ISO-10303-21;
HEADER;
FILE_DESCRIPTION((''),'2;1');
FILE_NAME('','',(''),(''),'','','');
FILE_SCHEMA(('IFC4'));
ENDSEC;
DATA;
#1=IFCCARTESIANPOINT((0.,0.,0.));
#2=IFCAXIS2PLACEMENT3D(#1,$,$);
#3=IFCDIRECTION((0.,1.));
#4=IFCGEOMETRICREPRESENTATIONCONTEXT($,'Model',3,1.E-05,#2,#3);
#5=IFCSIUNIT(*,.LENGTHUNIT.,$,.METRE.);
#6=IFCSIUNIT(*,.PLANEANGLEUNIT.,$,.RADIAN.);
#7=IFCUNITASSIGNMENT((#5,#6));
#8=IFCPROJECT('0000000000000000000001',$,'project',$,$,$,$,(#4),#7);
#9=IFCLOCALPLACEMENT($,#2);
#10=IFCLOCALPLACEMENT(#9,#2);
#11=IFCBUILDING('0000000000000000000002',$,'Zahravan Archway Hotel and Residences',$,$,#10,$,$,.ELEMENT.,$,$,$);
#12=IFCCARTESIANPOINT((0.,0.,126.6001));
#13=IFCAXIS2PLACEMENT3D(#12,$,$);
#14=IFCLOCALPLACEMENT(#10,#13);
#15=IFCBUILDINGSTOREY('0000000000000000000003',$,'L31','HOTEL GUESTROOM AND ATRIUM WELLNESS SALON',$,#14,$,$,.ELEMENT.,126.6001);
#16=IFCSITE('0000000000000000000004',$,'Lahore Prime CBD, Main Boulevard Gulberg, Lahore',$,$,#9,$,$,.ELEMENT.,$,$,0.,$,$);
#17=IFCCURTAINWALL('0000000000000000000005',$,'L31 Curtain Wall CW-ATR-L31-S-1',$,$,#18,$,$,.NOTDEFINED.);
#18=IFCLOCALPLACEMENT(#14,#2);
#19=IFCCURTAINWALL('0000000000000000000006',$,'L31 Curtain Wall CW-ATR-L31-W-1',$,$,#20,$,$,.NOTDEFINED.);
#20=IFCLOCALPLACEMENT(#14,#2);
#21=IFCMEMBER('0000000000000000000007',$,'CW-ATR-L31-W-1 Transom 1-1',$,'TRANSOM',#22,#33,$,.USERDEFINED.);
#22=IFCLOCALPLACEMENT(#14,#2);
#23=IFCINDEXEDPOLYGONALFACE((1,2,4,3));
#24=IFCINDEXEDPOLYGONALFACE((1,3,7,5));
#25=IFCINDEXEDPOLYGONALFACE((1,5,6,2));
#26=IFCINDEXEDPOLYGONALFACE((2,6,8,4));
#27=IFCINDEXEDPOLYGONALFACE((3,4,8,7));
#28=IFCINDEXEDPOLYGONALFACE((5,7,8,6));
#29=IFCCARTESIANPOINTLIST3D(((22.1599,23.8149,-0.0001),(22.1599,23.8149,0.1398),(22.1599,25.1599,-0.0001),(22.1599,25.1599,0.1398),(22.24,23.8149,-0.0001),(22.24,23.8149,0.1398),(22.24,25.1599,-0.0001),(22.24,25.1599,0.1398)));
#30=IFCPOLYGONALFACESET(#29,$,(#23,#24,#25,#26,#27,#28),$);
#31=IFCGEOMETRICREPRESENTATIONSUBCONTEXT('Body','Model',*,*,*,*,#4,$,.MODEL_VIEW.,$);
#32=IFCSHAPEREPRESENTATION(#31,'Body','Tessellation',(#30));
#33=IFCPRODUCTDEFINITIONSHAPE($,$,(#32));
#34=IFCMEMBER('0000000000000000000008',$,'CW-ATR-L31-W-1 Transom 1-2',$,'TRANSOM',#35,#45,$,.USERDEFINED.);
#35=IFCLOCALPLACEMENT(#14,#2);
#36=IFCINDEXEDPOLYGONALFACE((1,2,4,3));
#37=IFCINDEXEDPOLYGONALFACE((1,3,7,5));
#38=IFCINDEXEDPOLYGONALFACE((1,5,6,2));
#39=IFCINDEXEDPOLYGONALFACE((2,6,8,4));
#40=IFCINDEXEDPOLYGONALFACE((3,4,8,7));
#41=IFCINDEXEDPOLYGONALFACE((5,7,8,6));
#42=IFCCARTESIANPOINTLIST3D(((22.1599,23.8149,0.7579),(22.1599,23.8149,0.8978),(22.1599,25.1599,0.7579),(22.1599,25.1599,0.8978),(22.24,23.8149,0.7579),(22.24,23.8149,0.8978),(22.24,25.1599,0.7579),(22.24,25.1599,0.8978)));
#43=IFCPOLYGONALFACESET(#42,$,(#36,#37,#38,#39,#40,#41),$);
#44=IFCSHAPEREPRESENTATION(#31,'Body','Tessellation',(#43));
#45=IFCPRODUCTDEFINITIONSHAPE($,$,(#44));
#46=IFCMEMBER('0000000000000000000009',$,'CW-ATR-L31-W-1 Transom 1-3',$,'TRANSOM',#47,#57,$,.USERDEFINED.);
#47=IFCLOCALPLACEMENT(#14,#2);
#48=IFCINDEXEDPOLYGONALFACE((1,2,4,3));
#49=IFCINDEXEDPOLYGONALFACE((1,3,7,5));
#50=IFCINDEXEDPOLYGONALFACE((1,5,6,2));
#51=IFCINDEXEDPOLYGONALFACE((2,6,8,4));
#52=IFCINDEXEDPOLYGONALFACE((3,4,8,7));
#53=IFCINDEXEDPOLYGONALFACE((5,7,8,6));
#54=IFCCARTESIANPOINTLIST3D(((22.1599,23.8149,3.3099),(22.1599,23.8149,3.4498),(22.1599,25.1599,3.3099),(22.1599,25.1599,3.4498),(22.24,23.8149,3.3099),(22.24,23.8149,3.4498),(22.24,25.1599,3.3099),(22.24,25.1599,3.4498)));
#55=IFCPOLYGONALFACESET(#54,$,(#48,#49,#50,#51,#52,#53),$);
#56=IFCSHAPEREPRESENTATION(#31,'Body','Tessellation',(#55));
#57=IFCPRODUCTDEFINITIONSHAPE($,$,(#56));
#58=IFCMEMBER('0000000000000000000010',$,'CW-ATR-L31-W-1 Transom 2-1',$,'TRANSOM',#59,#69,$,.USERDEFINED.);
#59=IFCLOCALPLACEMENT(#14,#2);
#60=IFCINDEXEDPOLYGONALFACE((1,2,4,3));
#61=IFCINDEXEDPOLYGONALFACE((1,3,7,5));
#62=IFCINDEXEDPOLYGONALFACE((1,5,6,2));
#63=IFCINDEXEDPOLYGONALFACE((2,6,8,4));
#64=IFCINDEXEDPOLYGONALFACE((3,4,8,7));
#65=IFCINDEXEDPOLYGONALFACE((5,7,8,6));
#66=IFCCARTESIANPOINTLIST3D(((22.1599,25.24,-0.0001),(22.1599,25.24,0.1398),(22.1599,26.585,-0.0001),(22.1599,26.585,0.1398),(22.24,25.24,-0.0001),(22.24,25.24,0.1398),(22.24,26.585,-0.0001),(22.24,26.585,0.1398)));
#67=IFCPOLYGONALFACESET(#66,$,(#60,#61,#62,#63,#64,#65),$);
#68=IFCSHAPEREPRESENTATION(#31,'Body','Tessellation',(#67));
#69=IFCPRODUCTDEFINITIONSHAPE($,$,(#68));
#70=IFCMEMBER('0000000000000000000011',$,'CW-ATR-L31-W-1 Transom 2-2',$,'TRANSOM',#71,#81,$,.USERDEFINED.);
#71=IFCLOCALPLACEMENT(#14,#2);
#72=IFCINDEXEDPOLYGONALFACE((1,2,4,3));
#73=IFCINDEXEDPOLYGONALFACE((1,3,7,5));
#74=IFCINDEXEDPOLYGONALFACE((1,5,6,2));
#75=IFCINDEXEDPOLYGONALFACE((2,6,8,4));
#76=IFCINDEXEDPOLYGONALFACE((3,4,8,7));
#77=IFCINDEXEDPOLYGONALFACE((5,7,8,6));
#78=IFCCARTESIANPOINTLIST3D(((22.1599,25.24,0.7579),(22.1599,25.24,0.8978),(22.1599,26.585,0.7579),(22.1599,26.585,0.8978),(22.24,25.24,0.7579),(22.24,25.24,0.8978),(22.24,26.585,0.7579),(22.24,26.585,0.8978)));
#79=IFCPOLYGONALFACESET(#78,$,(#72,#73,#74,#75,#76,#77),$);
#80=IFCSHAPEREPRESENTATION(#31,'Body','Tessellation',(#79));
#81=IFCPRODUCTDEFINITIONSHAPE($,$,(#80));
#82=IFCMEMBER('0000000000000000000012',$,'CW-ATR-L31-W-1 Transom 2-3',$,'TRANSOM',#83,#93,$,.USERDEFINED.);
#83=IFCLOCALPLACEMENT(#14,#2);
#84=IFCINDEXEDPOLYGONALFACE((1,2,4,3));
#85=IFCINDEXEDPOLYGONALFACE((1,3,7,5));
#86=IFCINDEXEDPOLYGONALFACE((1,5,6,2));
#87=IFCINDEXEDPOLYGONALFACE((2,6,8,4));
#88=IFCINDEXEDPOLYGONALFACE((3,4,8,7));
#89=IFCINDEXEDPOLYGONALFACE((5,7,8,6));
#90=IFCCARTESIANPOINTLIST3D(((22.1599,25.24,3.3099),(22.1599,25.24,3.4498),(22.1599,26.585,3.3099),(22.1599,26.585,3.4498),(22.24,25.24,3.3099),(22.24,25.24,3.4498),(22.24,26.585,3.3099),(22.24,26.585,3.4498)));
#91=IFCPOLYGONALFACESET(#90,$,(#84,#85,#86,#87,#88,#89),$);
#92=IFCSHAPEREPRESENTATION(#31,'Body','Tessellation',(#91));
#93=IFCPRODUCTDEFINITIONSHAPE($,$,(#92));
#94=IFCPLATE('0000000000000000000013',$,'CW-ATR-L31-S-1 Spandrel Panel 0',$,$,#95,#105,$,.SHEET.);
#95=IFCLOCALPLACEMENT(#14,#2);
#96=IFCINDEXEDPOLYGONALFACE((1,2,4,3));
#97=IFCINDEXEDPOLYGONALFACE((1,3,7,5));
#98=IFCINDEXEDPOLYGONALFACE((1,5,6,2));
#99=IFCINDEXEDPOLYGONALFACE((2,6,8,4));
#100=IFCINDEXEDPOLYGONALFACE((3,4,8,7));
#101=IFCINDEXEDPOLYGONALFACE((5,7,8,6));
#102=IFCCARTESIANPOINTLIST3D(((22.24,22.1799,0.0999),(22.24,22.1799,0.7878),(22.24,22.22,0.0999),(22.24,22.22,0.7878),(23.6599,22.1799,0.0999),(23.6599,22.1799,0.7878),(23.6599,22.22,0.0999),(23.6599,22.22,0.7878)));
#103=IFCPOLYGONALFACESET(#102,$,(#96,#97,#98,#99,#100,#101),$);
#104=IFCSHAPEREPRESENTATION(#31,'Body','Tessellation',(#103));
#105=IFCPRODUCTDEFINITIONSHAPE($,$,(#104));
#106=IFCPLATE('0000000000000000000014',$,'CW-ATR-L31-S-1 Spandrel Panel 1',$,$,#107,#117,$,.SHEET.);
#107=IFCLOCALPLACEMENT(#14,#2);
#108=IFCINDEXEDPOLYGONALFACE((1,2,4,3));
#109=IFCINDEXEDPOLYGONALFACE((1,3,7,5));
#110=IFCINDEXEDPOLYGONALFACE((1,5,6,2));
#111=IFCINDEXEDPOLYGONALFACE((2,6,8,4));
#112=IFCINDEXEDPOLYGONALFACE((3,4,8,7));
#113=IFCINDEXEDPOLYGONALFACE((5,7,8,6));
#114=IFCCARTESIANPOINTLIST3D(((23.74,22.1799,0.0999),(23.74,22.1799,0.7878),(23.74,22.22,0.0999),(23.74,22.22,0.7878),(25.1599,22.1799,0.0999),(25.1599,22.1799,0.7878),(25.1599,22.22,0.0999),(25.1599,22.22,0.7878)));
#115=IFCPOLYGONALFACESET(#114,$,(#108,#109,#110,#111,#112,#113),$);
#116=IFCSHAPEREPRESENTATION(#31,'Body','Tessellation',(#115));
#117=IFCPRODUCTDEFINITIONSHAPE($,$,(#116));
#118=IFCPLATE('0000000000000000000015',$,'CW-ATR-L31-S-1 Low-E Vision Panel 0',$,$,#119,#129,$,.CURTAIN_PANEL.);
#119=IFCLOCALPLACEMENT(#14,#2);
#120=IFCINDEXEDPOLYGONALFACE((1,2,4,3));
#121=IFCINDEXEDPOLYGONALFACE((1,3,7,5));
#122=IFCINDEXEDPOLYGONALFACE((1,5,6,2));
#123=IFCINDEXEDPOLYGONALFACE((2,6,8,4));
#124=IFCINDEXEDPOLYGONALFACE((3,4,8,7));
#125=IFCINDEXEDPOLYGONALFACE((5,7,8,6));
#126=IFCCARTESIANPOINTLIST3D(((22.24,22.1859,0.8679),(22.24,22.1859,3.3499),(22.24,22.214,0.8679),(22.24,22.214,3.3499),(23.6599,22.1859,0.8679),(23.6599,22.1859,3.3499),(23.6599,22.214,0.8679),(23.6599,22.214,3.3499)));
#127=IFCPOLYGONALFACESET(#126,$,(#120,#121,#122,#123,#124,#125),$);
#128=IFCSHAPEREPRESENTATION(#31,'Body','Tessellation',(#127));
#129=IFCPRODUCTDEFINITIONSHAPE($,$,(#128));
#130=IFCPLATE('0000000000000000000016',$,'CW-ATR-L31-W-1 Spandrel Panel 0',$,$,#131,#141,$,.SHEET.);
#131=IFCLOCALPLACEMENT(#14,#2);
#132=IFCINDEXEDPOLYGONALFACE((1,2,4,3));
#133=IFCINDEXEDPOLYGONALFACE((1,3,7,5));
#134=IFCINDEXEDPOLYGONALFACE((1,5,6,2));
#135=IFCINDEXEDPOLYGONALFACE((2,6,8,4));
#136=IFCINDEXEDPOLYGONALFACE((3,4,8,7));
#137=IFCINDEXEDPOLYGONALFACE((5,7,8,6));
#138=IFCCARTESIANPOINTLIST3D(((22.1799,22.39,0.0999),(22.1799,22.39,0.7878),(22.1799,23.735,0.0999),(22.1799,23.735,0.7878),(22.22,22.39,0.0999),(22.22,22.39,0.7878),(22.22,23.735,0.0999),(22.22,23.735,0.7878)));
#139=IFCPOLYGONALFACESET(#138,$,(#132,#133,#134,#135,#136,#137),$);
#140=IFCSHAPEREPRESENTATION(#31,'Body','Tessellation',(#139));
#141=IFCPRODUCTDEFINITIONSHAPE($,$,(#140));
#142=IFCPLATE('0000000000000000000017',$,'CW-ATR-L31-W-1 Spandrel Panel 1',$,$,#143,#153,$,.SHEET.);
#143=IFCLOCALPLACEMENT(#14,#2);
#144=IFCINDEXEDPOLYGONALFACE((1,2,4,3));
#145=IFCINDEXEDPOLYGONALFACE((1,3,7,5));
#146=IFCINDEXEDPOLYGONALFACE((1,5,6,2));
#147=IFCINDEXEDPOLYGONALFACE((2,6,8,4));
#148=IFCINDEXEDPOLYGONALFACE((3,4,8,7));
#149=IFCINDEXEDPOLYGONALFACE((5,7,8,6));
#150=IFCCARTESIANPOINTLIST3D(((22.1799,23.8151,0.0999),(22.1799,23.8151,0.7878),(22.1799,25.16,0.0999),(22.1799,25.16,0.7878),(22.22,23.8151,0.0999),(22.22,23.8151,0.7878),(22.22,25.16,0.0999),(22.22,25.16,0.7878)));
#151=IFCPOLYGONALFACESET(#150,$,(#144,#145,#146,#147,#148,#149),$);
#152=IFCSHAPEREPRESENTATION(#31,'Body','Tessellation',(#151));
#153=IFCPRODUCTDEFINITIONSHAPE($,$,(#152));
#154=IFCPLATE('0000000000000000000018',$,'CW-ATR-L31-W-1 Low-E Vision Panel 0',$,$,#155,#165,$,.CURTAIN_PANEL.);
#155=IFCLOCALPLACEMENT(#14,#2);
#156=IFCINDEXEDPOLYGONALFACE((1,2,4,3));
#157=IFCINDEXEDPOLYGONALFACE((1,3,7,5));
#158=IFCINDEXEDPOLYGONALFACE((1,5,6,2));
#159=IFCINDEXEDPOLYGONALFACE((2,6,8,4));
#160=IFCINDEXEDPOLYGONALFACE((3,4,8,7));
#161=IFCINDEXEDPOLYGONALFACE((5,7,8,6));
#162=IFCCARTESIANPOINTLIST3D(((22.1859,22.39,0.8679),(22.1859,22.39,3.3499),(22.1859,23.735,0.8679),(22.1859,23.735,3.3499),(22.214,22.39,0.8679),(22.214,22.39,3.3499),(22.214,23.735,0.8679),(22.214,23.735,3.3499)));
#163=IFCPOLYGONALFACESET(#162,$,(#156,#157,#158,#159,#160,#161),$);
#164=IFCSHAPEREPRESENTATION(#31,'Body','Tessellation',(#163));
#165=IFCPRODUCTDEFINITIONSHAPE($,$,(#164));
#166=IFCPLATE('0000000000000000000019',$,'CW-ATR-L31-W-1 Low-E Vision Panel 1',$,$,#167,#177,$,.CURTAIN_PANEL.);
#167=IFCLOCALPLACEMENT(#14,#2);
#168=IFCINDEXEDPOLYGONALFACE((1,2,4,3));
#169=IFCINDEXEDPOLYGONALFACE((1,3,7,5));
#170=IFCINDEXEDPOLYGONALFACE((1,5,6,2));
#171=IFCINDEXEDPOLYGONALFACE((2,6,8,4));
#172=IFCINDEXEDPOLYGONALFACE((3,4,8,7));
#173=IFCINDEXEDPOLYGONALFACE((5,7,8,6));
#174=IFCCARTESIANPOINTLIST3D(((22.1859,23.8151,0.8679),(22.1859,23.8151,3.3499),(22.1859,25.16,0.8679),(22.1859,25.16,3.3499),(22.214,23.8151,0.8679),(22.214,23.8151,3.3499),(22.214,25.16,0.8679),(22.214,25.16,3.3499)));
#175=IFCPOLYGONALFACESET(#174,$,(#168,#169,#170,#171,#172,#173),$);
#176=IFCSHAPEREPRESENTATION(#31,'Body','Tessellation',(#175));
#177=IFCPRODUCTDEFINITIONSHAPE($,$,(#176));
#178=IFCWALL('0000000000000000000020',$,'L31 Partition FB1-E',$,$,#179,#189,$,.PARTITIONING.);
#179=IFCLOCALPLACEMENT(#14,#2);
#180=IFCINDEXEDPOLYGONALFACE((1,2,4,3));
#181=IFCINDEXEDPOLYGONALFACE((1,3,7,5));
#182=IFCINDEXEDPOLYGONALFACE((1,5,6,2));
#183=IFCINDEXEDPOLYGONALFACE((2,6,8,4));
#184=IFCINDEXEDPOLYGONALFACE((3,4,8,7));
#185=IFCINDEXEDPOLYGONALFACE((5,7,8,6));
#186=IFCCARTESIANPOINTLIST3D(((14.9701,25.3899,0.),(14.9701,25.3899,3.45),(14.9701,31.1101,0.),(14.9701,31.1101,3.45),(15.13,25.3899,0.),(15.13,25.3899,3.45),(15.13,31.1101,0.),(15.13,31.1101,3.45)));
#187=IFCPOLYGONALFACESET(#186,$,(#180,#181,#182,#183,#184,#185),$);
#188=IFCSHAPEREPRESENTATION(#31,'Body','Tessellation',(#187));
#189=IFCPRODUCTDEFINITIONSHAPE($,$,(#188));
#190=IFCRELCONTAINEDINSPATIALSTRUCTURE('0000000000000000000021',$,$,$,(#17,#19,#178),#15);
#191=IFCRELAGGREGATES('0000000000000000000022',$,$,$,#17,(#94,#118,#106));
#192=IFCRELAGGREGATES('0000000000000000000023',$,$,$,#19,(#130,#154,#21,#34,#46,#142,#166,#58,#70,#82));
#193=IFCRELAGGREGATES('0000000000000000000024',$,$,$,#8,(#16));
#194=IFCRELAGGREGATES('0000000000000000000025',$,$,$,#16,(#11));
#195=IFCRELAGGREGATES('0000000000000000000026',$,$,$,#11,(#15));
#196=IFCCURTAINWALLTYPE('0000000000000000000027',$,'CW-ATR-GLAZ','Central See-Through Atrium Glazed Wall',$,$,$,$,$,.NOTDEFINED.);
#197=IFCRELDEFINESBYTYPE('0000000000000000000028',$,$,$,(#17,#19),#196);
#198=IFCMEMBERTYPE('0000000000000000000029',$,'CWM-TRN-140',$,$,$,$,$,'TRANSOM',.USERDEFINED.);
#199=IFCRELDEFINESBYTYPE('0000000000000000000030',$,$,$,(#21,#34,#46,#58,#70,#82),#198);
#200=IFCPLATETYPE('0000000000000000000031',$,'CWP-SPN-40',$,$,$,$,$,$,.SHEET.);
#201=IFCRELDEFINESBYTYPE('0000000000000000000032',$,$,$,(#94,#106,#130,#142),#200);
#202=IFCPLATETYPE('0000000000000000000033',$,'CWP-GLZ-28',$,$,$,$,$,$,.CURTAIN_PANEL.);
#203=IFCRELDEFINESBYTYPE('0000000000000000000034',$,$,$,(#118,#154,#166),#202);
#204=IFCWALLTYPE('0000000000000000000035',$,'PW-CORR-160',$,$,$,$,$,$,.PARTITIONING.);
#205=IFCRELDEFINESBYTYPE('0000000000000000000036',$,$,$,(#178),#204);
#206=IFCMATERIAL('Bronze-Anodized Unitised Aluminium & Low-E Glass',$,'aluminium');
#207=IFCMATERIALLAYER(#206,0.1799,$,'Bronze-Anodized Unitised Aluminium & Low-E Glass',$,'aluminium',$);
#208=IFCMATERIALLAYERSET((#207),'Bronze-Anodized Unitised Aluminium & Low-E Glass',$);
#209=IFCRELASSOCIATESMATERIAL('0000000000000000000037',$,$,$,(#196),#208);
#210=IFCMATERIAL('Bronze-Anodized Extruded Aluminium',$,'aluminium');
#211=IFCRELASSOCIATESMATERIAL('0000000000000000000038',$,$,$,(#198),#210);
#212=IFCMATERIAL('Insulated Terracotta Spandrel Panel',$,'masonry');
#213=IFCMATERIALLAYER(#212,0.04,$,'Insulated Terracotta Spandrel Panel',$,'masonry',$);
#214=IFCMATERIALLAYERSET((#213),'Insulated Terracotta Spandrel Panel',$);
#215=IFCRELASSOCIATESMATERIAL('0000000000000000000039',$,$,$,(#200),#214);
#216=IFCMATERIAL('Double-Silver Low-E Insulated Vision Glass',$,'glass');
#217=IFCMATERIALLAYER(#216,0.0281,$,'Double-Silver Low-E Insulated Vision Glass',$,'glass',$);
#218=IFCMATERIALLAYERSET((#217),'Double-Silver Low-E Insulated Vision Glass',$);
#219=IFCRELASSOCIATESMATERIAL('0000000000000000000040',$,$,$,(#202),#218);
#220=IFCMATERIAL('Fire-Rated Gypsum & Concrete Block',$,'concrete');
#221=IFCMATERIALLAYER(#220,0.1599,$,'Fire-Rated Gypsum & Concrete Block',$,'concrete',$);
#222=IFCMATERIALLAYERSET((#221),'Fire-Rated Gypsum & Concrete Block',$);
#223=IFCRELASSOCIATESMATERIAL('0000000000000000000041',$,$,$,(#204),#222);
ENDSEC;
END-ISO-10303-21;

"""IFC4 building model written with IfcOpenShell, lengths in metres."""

from ifc_helpers import new_model, si_unit, direction, frame, frame_2d, origin, origin_2d, place, context, subcontext, project, spatial, rectangle, extrude, source, transform, mapped, material, layer, layer_set, material_profile, profile_set, type_object, element, aggregate, save


model = new_model("IFC4")

# Units and contexts
model_context = context("Model", 3, precision=1e-05, world=origin(), true_north=direction((0.0, 1.0)))
body_context = subcontext(model_context, "Body", "Model", "MODEL_VIEW")
ifc_project = project(units=[si_unit("LENGTHUNIT", "METRE"), si_unit("PLANEANGLEUNIT", "RADIAN")], contexts=[model_context])

# Site, building, storey
site_placement = place(None, origin())
site = spatial("IfcSite", under=ifc_project, at=site_placement, Name="Lahore Prime CBD, Main Boulevard Gulberg, Lahore", CompositionType="ELEMENT", RefElevation=0.0)
building_placement = place(site_placement, origin())
building = spatial("IfcBuilding", under=site, at=building_placement, Name="Zahravan Archway Hotel and Residences", CompositionType="ELEMENT")
storey_placement = place(building_placement, frame((0.0, 0.0, 126.6001)))
storey = spatial("IfcBuildingStorey", under=building, at=storey_placement, Name="L31", Description="HOTEL GUESTROOM AND ATRIUM WELLNESS SALON", CompositionType="ELEMENT", Elevation=126.6001)

# Curtain walls
ifc_material_1 = material(Name="Bronze-Anodized Unitised Aluminium & Low-E Glass", Category="aluminium")
ifc_layer_1 = layer(ifc_material_1, 0.1799, Name="Bronze-Anodized Unitised Aluminium & Low-E Glass", Category="aluminium")
ifc_layer_set_1 = layer_set([ifc_layer_1], Name="Bronze-Anodized Unitised Aluminium & Low-E Glass")
curtain_wall_type = type_object("IfcCurtainWallType", Name="CW-ATR-GLAZ", Description="Central See-Through Atrium Glazed Wall", PredefinedType="NOTDEFINED", material=ifc_layer_set_1)
curtain_wall_1_placement = place(storey_placement, origin())
curtain_wall_1 = element("IfcCurtainWall", 1, at=curtain_wall_1_placement, inside=storey, type_object=curtain_wall_type, Name="L31 Curtain Wall CW-ATR-L31-S-1", PredefinedType="NOTDEFINED")
ifc_material_2 = material(Name="Bronze-Anodized Extruded Aluminium", Category="aluminium")
curtain_wall_2_placement = place(storey_placement, origin())
curtain_wall_2 = element("IfcCurtainWall", 2, at=curtain_wall_2_placement, inside=storey, type_object=curtain_wall_type, Name="L31 Curtain Wall CW-ATR-L31-W-1", PredefinedType="NOTDEFINED")

# Members
ifc_material_profile_1 = material_profile(ifc_material_2, rectangle(XDim=0.0801, YDim=0.1399, at=origin_2d()), Name="TRN 80x140", Category="aluminium")
ifc_profile_set_1 = profile_set([ifc_material_profile_1], Name="Bronze-Anodized Extruded Aluminium")
member_type_1 = type_object("IfcMemberType", Name="CWM-TRN-140", ElementType="TRANSOM", PredefinedType="USERDEFINED", material=ifc_profile_set_1)
shared_shape_1 = source(origin(), body_context, "Body", "SweptSolid", [
    extrude(rectangle(XDim=0.0801, YDim=0.1399, at=origin_2d()), origin(), (0.0, 0.0, 1.0), 1.345),
])
member_1_placement = place(storey_placement, frame((22.2, 23.8149, 0.0698), z_axis=(0.0, 1.0, 0.0), x_axis=(-1.0, 0.0, 0.0)))
member_1 = element("IfcMember", 3, at=member_1_placement, type_object=member_type_1, Name="CW-ATR-L31-W-1 Transom 1-1", ObjectType="TRANSOM", PredefinedType="USERDEFINED", context=body_context, shape_type="MappedRepresentation", body=[
    mapped(shared_shape_1, transform((0.0, 0.0, 0.0), scale=1.0)),
])
member_2_placement = place(storey_placement, frame((22.2, 23.8149, 0.8279), z_axis=(0.0, 1.0, 0.0), x_axis=(-1.0, 0.0, 0.0)))
member_2 = element("IfcMember", 4, at=member_2_placement, type_object=member_type_1, Name="CW-ATR-L31-W-1 Transom 1-2", ObjectType="TRANSOM", PredefinedType="USERDEFINED", context=body_context, shape_type="MappedRepresentation", body=[
    mapped(shared_shape_1, transform((0.0, 0.0, 0.0), scale=1.0)),
])
member_3_placement = place(storey_placement, frame((22.2, 23.8149, 3.3799), z_axis=(0.0, 1.0, 0.0), x_axis=(-1.0, 0.0, 0.0)))
member_3 = element("IfcMember", 5, at=member_3_placement, type_object=member_type_1, Name="CW-ATR-L31-W-1 Transom 1-3", ObjectType="TRANSOM", PredefinedType="USERDEFINED", context=body_context, shape_type="MappedRepresentation", body=[
    mapped(shared_shape_1, transform((0.0, 0.0, 0.0), scale=1.0)),
])
member_4_placement = place(storey_placement, frame((22.2, 25.24, 0.0698), z_axis=(0.0, 1.0, 0.0), x_axis=(-1.0, 0.0, 0.0)))
member_4 = element("IfcMember", 6, at=member_4_placement, type_object=member_type_1, Name="CW-ATR-L31-W-1 Transom 2-1", ObjectType="TRANSOM", PredefinedType="USERDEFINED", context=body_context, shape_type="MappedRepresentation", body=[
    mapped(shared_shape_1, transform((0.0, 0.0, 0.0), scale=1.0)),
])
member_5_placement = place(storey_placement, frame((22.2, 25.24, 0.8279), z_axis=(0.0, 1.0, 0.0), x_axis=(-1.0, 0.0, 0.0)))
member_5 = element("IfcMember", 7, at=member_5_placement, type_object=member_type_1, Name="CW-ATR-L31-W-1 Transom 2-2", ObjectType="TRANSOM", PredefinedType="USERDEFINED", context=body_context, shape_type="MappedRepresentation", body=[
    mapped(shared_shape_1, transform((0.0, 0.0, 0.0), scale=1.0)),
])
member_6_placement = place(storey_placement, frame((22.2, 25.24, 3.3799), z_axis=(0.0, 1.0, 0.0), x_axis=(-1.0, 0.0, 0.0)))
member_6 = element("IfcMember", 8, at=member_6_placement, type_object=member_type_1, Name="CW-ATR-L31-W-1 Transom 2-3", ObjectType="TRANSOM", PredefinedType="USERDEFINED", context=body_context, shape_type="MappedRepresentation", body=[
    mapped(shared_shape_1, transform((0.0, 0.0, 0.0), scale=1.0)),
])

# Plates
ifc_material_3 = material(Name="Insulated Terracotta Spandrel Panel", Category="masonry")
ifc_layer_2 = layer(ifc_material_3, 0.04, Name="Insulated Terracotta Spandrel Panel", Category="masonry")
ifc_layer_set_2 = layer_set([ifc_layer_2], Name="Insulated Terracotta Spandrel Panel")
plate_type_1 = type_object("IfcPlateType", Name="CWP-SPN-40", PredefinedType="SHEET", material=ifc_layer_set_2)
shared_shape_2 = source(origin(), body_context, "Body", "SweptSolid", [
    extrude(rectangle(XDim=1.4199, YDim=0.04, at=origin_2d()), origin(), (0.0, 0.0, 1.0), 0.688),
])
plate_1_placement = place(storey_placement, frame((22.95, 22.2, 0.0999), z_axis=(0.0, 0.0, 1.0), x_axis=(1.0, 0.0, 0.0)))
plate_1 = element("IfcPlate", 9, at=plate_1_placement, type_object=plate_type_1, Name="CW-ATR-L31-S-1 Spandrel Panel 0", PredefinedType="SHEET", context=body_context, shape_type="MappedRepresentation", body=[
    mapped(shared_shape_2, transform((0.0, 0.0, 0.0), scale=1.0)),
])
plate_2_placement = place(storey_placement, frame((24.45, 22.2, 0.0999), z_axis=(0.0, 0.0, 1.0), x_axis=(1.0, 0.0, 0.0)))
plate_2 = element("IfcPlate", 10, at=plate_2_placement, type_object=plate_type_1, Name="CW-ATR-L31-S-1 Spandrel Panel 1", PredefinedType="SHEET", context=body_context, shape_type="MappedRepresentation", body=[
    mapped(shared_shape_2, transform((0.0, 0.0, 0.0), scale=1.0)),
])
ifc_material_4 = material(Name="Double-Silver Low-E Insulated Vision Glass", Category="glass")
ifc_layer_3 = layer(ifc_material_4, 0.0281, Name="Double-Silver Low-E Insulated Vision Glass", Category="glass")
ifc_layer_set_3 = layer_set([ifc_layer_3], Name="Double-Silver Low-E Insulated Vision Glass")
plate_type_2 = type_object("IfcPlateType", Name="CWP-GLZ-28", PredefinedType="CURTAIN_PANEL", material=ifc_layer_set_3)
shared_shape_3 = source(origin(), body_context, "Body", "SweptSolid", [
    extrude(rectangle(XDim=1.4199, YDim=0.0281, at=origin_2d()), origin(), (0.0, 0.0, 1.0), 2.4819),
])
plate_3_placement = place(storey_placement, frame((22.95, 22.2, 0.8679), z_axis=(0.0, 0.0, 1.0), x_axis=(1.0, 0.0, 0.0)))
plate_3 = element("IfcPlate", 11, at=plate_3_placement, type_object=plate_type_2, Name="CW-ATR-L31-S-1 Low-E Vision Panel 0", PredefinedType="CURTAIN_PANEL", context=body_context, shape_type="MappedRepresentation", body=[
    mapped(shared_shape_3, transform((0.0, 0.0, 0.0), scale=1.0)),
])
aggregate(curtain_wall_1, [plate_1, plate_3, plate_2])
shared_shape_4 = source(origin(), body_context, "Body", "SweptSolid", [
    extrude(rectangle(XDim=1.345, YDim=0.04, at=origin_2d()), origin(), (0.0, 0.0, 1.0), 0.688),
])
plate_4_placement = place(storey_placement, frame((22.2, 23.0625, 0.0999), z_axis=(0.0, 0.0, 1.0), x_axis=(0.0, 1.0, 0.0)))
plate_4 = element("IfcPlate", 12, at=plate_4_placement, type_object=plate_type_1, Name="CW-ATR-L31-W-1 Spandrel Panel 0", PredefinedType="SHEET", context=body_context, shape_type="MappedRepresentation", body=[
    mapped(shared_shape_4, transform((0.0, 0.0, 0.0), scale=1.0)),
])
plate_5_placement = place(storey_placement, frame((22.2, 24.4875, 0.0999), z_axis=(0.0, 0.0, 1.0), x_axis=(0.0, 1.0, 0.0)))
plate_5 = element("IfcPlate", 13, at=plate_5_placement, type_object=plate_type_1, Name="CW-ATR-L31-W-1 Spandrel Panel 1", PredefinedType="SHEET", context=body_context, shape_type="MappedRepresentation", body=[
    mapped(shared_shape_4, transform((0.0, 0.0, 0.0), scale=1.0)),
])
shared_shape_5 = source(origin(), body_context, "Body", "SweptSolid", [
    extrude(rectangle(XDim=1.345, YDim=0.0281, at=origin_2d()), origin(), (0.0, 0.0, 1.0), 2.4819),
])
plate_6_placement = place(storey_placement, frame((22.2, 23.0625, 0.8679), z_axis=(0.0, 0.0, 1.0), x_axis=(0.0, 1.0, 0.0)))
plate_6 = element("IfcPlate", 14, at=plate_6_placement, type_object=plate_type_2, Name="CW-ATR-L31-W-1 Low-E Vision Panel 0", PredefinedType="CURTAIN_PANEL", context=body_context, shape_type="MappedRepresentation", body=[
    mapped(shared_shape_5, transform((0.0, 0.0, 0.0), scale=1.0)),
])
plate_7_placement = place(storey_placement, frame((22.2, 24.4875, 0.8679), z_axis=(0.0, 0.0, 1.0), x_axis=(0.0, 1.0, 0.0)))
plate_7 = element("IfcPlate", 15, at=plate_7_placement, type_object=plate_type_2, Name="CW-ATR-L31-W-1 Low-E Vision Panel 1", PredefinedType="CURTAIN_PANEL", context=body_context, shape_type="MappedRepresentation", body=[
    mapped(shared_shape_5, transform((0.0, 0.0, 0.0), scale=1.0)),
])
aggregate(curtain_wall_2, [plate_4, plate_6, member_1, member_2, member_3, plate_5, plate_7, member_4, member_5, member_6])

# Wall
ifc_material_5 = material(Name="Fire-Rated Gypsum & Concrete Block", Category="concrete")
ifc_layer_4 = layer(ifc_material_5, 0.1599, Name="Fire-Rated Gypsum & Concrete Block", Category="concrete")
ifc_layer_set_4 = layer_set([ifc_layer_4], Name="Fire-Rated Gypsum & Concrete Block")
wall_type_1 = type_object("IfcWallType", Name="PW-CORR-160", PredefinedType="PARTITIONING", material=ifc_layer_set_4)
wall_1_placement = place(storey_placement, frame((15.05, 25.3899, 0.0), z_axis=(0.0, 0.0, 1.0), x_axis=(0.0, 1.0, 0.0)))
element("IfcWall", 16, at=wall_1_placement, inside=storey, type_object=wall_type_1, Name="L31 Partition FB1-E", PredefinedType="PARTITIONING", context=body_context, shape_type="SweptSolid", body=[
    extrude(rectangle(XDim=5.7202, YDim=0.1599, at=frame_2d((2.8601, 0.0))), origin(), (0.0, 0.0, 1.0), 3.45),
])

save(model, "model.ifc")
